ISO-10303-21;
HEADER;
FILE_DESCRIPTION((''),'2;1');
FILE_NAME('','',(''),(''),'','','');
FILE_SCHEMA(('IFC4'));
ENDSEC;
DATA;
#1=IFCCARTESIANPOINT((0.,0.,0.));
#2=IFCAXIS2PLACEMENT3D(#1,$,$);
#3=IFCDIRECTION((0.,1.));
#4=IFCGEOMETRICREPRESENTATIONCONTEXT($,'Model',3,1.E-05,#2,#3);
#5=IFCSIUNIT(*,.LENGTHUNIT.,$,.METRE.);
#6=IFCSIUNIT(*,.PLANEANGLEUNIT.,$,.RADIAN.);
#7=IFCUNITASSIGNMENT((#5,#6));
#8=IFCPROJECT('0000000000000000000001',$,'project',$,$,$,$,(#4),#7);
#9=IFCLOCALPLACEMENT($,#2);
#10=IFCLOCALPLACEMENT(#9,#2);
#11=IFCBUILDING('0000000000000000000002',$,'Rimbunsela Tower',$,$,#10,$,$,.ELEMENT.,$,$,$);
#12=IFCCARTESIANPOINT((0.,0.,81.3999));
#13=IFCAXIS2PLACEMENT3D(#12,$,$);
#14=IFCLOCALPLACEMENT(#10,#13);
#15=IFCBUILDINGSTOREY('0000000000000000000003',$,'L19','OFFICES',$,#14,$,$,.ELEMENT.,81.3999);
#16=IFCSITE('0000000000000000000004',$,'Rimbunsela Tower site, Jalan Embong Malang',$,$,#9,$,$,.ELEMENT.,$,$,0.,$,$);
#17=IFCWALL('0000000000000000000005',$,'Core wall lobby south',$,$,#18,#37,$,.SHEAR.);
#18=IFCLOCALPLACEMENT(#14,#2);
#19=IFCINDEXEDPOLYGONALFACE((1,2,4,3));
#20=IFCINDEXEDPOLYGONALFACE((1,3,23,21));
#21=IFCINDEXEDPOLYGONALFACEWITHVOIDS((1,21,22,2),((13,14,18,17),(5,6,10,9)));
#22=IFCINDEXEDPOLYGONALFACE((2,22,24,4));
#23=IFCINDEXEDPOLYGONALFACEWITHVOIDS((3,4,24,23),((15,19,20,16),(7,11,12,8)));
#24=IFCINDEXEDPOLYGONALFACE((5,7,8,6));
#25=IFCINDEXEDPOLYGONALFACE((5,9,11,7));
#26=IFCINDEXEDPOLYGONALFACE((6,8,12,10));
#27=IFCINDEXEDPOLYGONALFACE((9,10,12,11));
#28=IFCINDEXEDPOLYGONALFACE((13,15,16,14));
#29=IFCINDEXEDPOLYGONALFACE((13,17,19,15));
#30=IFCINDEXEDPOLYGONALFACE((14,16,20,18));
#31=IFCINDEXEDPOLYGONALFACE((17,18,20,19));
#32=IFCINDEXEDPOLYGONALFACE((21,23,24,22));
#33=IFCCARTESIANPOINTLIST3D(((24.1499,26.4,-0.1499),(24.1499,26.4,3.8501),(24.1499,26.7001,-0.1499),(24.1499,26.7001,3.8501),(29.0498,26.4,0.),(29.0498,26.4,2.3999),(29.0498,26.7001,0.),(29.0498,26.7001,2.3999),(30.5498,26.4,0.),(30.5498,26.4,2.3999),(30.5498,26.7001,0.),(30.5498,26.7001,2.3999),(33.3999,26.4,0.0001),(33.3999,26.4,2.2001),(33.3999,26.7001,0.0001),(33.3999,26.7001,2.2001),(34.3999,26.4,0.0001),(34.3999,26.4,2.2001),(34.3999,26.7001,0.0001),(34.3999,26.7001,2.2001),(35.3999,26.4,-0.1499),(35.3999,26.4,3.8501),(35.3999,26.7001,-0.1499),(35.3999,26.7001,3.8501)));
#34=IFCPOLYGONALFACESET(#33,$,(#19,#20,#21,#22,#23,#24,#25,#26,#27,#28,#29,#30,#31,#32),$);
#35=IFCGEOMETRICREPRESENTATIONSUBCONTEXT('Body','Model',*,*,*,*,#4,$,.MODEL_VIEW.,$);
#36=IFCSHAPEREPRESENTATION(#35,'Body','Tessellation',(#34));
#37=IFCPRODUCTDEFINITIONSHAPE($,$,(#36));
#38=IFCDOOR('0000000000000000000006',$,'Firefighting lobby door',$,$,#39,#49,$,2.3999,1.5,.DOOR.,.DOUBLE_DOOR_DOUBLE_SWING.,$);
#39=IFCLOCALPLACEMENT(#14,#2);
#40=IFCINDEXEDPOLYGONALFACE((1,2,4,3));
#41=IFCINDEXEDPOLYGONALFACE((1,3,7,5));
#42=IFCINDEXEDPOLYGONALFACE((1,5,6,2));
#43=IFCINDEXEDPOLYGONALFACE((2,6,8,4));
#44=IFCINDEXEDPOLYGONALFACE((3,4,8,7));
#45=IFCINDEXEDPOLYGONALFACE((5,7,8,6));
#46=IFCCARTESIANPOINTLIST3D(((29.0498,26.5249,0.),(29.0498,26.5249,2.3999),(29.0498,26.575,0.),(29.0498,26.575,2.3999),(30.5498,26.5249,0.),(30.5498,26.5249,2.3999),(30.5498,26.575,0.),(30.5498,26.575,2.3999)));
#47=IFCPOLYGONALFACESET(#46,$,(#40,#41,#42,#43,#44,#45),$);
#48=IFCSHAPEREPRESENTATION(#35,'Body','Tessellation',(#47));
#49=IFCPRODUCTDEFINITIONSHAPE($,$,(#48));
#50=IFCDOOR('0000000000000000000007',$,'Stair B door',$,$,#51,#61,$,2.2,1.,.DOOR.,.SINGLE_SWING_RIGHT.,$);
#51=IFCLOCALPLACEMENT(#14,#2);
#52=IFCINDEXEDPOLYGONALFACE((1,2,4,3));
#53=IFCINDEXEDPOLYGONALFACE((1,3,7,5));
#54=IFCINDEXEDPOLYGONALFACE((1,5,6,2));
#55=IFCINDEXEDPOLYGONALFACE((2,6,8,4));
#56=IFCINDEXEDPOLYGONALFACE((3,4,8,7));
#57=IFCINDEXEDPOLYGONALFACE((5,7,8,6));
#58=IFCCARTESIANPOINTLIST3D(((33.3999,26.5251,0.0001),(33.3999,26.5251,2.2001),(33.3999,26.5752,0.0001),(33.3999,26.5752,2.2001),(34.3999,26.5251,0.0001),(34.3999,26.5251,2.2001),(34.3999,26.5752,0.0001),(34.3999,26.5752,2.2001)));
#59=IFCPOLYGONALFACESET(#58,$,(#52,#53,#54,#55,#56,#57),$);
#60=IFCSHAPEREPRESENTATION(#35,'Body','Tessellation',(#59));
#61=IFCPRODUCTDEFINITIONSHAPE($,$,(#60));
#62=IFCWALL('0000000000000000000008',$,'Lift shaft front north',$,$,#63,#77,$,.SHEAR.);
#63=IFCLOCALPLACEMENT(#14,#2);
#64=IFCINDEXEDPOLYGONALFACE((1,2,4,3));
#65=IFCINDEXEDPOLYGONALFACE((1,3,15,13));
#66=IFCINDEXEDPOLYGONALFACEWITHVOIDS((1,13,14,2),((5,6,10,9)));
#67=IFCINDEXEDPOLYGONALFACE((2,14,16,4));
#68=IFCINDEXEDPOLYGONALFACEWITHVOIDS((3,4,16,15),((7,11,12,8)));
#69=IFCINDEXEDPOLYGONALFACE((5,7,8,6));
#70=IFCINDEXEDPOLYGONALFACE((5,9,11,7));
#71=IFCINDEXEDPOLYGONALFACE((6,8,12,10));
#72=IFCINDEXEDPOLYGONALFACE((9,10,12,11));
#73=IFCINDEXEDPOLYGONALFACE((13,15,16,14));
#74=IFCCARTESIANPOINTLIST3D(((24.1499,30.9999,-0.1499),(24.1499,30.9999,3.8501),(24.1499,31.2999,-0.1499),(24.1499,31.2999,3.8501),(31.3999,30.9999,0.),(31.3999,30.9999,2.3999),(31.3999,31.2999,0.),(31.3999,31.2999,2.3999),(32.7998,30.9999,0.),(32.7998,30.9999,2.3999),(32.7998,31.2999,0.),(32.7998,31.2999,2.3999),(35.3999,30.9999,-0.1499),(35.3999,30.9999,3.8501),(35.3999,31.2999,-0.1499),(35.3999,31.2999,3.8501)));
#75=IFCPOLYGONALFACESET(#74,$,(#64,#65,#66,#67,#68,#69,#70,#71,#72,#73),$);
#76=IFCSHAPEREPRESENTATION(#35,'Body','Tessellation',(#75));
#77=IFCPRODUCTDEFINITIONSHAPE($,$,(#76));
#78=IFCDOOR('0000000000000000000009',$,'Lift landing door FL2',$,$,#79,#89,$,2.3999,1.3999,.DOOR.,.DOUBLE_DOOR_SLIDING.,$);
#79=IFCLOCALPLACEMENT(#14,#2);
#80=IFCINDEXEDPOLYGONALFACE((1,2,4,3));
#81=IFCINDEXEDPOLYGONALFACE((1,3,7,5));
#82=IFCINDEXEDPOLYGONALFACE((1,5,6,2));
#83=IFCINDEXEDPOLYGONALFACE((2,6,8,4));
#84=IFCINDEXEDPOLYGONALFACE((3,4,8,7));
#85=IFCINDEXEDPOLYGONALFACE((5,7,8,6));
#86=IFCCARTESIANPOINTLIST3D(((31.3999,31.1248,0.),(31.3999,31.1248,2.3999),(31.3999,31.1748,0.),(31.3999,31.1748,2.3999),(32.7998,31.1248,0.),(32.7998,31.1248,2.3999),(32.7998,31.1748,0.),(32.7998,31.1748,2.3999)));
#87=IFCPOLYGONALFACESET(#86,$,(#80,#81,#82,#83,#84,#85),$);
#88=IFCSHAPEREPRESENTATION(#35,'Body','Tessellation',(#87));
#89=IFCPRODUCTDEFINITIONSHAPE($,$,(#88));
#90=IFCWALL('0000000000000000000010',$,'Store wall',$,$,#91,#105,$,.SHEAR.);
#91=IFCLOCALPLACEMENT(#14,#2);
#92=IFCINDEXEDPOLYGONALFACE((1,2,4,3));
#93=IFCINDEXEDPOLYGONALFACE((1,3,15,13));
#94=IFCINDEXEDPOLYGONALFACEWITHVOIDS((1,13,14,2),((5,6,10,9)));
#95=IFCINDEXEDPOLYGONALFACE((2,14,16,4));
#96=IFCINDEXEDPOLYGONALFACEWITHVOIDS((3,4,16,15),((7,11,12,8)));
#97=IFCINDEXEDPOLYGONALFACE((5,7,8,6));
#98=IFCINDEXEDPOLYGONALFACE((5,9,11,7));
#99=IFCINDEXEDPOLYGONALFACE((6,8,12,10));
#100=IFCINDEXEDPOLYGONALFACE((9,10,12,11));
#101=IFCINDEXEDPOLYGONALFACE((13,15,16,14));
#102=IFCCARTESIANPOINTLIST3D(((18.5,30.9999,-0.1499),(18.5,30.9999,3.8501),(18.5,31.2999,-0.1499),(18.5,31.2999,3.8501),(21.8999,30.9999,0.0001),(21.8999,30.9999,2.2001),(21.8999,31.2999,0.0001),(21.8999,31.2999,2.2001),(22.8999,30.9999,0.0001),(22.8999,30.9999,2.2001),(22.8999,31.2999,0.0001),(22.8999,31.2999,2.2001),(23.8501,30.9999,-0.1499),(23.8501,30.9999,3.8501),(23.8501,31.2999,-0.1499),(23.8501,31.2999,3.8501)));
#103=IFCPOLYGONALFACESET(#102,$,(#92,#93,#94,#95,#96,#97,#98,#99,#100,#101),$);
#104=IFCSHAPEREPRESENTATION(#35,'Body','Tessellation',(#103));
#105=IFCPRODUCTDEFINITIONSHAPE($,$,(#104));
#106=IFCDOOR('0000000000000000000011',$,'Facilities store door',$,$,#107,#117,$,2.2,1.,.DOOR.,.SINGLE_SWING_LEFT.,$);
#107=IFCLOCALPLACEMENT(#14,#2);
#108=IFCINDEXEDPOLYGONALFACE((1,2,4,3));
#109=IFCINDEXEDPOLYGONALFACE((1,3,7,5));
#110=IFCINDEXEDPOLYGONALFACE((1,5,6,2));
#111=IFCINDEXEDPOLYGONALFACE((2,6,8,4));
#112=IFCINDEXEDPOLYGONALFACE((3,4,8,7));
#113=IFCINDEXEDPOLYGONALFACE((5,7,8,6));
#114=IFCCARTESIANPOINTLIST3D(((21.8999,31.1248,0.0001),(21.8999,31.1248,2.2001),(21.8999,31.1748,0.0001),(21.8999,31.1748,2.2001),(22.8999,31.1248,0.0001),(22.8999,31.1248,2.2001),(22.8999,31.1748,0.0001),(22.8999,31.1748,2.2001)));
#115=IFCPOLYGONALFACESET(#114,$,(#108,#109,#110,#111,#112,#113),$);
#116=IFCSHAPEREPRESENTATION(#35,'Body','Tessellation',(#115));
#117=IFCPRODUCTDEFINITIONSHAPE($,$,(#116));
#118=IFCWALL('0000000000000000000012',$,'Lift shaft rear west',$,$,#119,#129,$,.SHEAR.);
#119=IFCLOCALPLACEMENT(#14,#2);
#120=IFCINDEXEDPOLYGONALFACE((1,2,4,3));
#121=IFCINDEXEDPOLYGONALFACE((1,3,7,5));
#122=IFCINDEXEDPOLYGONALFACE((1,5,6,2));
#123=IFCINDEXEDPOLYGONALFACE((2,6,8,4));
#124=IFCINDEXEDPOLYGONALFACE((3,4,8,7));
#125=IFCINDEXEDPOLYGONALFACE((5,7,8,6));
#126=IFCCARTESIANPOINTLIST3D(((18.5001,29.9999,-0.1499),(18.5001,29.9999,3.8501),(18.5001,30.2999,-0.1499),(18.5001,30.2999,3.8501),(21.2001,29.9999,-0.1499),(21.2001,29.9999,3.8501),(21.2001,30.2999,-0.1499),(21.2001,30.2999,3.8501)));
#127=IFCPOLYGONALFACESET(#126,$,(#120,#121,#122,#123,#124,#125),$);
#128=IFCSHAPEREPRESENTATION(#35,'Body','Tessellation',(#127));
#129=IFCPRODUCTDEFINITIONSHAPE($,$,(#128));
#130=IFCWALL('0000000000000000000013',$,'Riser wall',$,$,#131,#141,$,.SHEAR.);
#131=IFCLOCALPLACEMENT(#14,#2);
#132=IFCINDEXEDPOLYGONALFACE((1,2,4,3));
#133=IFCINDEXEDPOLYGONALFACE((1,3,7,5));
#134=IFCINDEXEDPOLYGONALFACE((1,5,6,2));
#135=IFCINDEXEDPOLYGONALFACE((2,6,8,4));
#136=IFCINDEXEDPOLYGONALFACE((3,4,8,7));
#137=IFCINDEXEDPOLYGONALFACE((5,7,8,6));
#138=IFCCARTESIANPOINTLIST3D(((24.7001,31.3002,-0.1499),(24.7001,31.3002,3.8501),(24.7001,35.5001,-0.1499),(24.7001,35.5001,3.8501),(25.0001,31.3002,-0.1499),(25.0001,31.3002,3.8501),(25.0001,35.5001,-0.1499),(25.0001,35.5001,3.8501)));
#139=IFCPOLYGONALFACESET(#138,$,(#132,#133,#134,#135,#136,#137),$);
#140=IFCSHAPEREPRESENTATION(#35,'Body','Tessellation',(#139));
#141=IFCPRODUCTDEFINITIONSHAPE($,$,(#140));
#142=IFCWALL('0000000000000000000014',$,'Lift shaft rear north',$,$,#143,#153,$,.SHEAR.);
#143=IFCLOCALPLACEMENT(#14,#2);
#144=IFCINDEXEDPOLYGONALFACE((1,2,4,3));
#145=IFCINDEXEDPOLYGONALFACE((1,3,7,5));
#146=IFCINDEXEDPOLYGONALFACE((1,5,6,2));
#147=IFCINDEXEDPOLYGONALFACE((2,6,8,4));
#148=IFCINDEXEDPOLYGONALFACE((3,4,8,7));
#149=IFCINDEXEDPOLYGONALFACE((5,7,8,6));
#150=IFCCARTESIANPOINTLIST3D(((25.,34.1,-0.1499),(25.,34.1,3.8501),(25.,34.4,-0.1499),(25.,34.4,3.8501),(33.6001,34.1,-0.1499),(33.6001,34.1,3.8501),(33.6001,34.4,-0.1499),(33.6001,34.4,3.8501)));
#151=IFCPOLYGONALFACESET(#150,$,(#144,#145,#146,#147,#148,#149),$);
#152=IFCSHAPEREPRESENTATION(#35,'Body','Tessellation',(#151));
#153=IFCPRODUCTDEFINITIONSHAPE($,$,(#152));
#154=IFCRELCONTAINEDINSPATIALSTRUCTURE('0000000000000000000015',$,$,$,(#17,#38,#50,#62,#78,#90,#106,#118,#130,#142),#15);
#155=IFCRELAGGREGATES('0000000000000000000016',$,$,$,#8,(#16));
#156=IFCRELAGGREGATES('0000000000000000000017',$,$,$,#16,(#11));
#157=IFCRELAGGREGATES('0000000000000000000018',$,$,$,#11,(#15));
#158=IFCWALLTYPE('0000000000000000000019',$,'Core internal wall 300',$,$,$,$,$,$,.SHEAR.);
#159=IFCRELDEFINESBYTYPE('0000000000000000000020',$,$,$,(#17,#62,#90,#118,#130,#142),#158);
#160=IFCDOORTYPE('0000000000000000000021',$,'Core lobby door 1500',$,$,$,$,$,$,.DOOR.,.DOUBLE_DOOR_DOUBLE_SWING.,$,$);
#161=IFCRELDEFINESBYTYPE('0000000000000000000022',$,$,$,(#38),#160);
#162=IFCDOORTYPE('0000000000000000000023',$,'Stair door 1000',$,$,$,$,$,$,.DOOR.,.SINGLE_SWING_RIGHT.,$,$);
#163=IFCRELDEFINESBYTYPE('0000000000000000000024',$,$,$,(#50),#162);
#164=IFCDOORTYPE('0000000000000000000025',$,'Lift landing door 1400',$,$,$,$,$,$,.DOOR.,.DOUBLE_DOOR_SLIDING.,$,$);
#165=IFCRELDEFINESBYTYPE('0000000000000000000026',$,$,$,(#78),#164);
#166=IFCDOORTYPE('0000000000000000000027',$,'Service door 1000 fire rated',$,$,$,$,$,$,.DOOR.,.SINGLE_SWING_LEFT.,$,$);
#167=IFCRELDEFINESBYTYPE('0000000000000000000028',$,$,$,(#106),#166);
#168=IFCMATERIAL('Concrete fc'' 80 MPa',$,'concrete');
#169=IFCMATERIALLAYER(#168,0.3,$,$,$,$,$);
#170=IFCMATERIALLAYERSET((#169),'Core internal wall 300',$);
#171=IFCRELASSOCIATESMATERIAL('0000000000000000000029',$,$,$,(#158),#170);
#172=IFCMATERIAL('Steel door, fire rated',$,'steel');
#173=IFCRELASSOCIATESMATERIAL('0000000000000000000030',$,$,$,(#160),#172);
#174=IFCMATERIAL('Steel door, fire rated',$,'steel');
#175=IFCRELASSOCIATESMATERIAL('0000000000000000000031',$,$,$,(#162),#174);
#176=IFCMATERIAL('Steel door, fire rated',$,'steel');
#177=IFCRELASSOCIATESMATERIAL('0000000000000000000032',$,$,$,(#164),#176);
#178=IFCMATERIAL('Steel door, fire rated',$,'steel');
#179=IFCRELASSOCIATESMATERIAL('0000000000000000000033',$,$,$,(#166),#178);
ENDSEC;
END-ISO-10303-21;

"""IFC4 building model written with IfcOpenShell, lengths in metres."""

from ifc_helpers import new_model, si_unit, direction, frame, frame_2d, origin, place, context, subcontext, project, spatial, rectangle, extrude, material, layer, layer_set, type_object, element, fill, save


model = new_model("IFC4")

# Units and contexts
model_context = context("Model", 3, precision=1e-05, world=origin(), true_north=direction((0.0, 1.0)))
body_context = subcontext(model_context, "Body", "Model", "MODEL_VIEW")
ifc_project = project(units=[si_unit("LENGTHUNIT", "METRE"), si_unit("PLANEANGLEUNIT", "RADIAN")], contexts=[model_context])

# Site, building, storey
site_placement = place(None, origin())
site = spatial("IfcSite", under=ifc_project, at=site_placement, Name="Rimbunsela Tower site, Jalan Embong Malang", CompositionType="ELEMENT", RefElevation=0.0)
building_placement = place(site_placement, origin())
building = spatial("IfcBuilding", under=site, at=building_placement, Name="Rimbunsela Tower", CompositionType="ELEMENT")
storey_placement = place(building_placement, frame((0.0, 0.0, 81.3999)))
storey = spatial("IfcBuildingStorey", under=building, at=storey_placement, Name="L19", Description="OFFICES", CompositionType="ELEMENT", Elevation=81.3999)

# Wall, openings, doors
ifc_material_1 = material(Name="Concrete fc' 80 MPa", Category="concrete")
ifc_layer_1 = layer(ifc_material_1, 0.3)
ifc_layer_set_1 = layer_set([ifc_layer_1], Name="Core internal wall 300")
wall_type_1 = type_object("IfcWallType", Name="Core internal wall 300", PredefinedType="SHEAR", material=ifc_layer_set_1)
wall_1_placement = place(storey_placement, frame((24.1499, 26.55, -0.1499), z_axis=(0.0, 0.0, 1.0), x_axis=(1.0, 0.0, 0.0)))
wall_1 = element("IfcWall", 1, at=wall_1_placement, inside=storey, type_object=wall_type_1, Name="Core wall lobby south", PredefinedType="SHEAR", context=body_context, shape_type="SweptSolid", body=[
    extrude(rectangle(XDim=11.25, YDim=0.3, at=frame_2d((5.625, 0.0))), origin(), (0.0, 0.0, 1.0), 4.0),
])
opening_1_placement = place(wall_1_placement, frame((9.25, 0.0, 0.1499)))
opening_1 = element("IfcOpeningElement", 2, at=opening_1_placement, cuts=wall_1, PredefinedType="OPENING", context=body_context, shape_type="SweptSolid", body=[
    extrude(rectangle(XDim=1.0, YDim=2.2, at=frame_2d((0.5, 1.1001))), frame((0.0, 0.1599, 0.0), z_axis=(0.0, -1.0, 0.0), x_axis=(1.0, 0.0, 0.0)), (0.0, 0.0, 1.0), 0.3201),
])
opening_2_placement = place(wall_1_placement, frame((4.8999, 0.0, 0.1499)))
opening_2 = element("IfcOpeningElement", 3, at=opening_2_placement, cuts=wall_1, PredefinedType="OPENING", context=body_context, shape_type="SweptSolid", body=[
    extrude(rectangle(XDim=1.5, YDim=2.3999, at=frame_2d((0.75, 1.2))), frame((0.0, 0.1599, 0.0), z_axis=(0.0, -1.0, 0.0), x_axis=(1.0, 0.0, 0.0)), (0.0, 0.0, 1.0), 0.3201),
])
ifc_material_2 = material(Name="Steel door, fire rated", Category="steel")
door_type_1 = type_object("IfcDoorType", Name="Core lobby door 1500", OperationType="DOUBLE_DOOR_DOUBLE_SWING", PredefinedType="DOOR", material=ifc_material_2)
door_1_placement = place(opening_2_placement, origin())
door_1 = element("IfcDoor", 4, at=door_1_placement, inside=storey, type_object=door_type_1, Name="Firefighting lobby door", OperationType="DOUBLE_DOOR_DOUBLE_SWING", OverallHeight=2.3999, OverallWidth=1.5, PredefinedType="DOOR", context=body_context, shape_type="SweptSolid", body=[
    extrude(rectangle(XDim=1.5, YDim=2.3999, at=frame_2d((0.75, 1.2))), frame((0.0, 0.0249, 0.0), z_axis=(0.0, -1.0, 0.0), x_axis=(1.0, 0.0, 0.0)), (0.0, 0.0, 1.0), 0.05),
])
fill(opening_2, door_1)
ifc_material_3 = material(Name="Steel door, fire rated", Category="steel")
door_type_2 = type_object("IfcDoorType", Name="Stair door 1000", OperationType="SINGLE_SWING_RIGHT", PredefinedType="DOOR", material=ifc_material_3)
door_2_placement = place(opening_1_placement, frame((1.0, 0.0, 0.0), z_axis=(0.0, 0.0, 1.0), x_axis=(-1.0, 0.0, 0.0)))
door_2 = element("IfcDoor", 5, at=door_2_placement, inside=storey, type_object=door_type_2, Name="Stair B door", OperationType="SINGLE_SWING_RIGHT", OverallHeight=2.2, OverallWidth=1.0, PredefinedType="DOOR", context=body_context, shape_type="SweptSolid", body=[
    extrude(rectangle(XDim=1.0, YDim=2.2, at=frame_2d((0.5, 1.1001))), frame((0.0, 0.0249, 0.0), z_axis=(0.0, -1.0, 0.0), x_axis=(1.0, 0.0, 0.0)), (0.0, 0.0, 1.0), 0.05),
])
fill(opening_1, door_2)

# Walls, openings, doors
wall_2_placement = place(storey_placement, frame((24.1499, 31.1499, -0.1499), z_axis=(0.0, 0.0, 1.0), x_axis=(1.0, 0.0, 0.0)))
wall_2 = element("IfcWall", 6, at=wall_2_placement, inside=storey, type_object=wall_type_1, Name="Lift shaft front north", PredefinedType="SHEAR", context=body_context, shape_type="SweptSolid", body=[
    extrude(rectangle(XDim=11.25, YDim=0.3, at=frame_2d((5.625, 0.0))), origin(), (0.0, 0.0, 1.0), 4.0),
])
opening_3_placement = place(wall_2_placement, frame((7.25, 0.0, 0.1499)))
opening_3 = element("IfcOpeningElement", 7, at=opening_3_placement, cuts=wall_2, PredefinedType="OPENING", context=body_context, shape_type="SweptSolid", body=[
    extrude(rectangle(XDim=1.3999, YDim=2.3999, at=frame_2d((0.7, 1.2))), frame((0.0, 0.1599, 0.0), z_axis=(0.0, -1.0, 0.0), x_axis=(1.0, 0.0, 0.0)), (0.0, 0.0, 1.0), 0.3201),
])
ifc_material_4 = material(Name="Steel door, fire rated", Category="steel")
door_type_3 = type_object("IfcDoorType", Name="Lift landing door 1400", OperationType="DOUBLE_DOOR_SLIDING", PredefinedType="DOOR", material=ifc_material_4)
door_3_placement = place(opening_3_placement, origin())
door_3 = element("IfcDoor", 8, at=door_3_placement, inside=storey, type_object=door_type_3, Name="Lift landing door FL2", OperationType="DOUBLE_DOOR_SLIDING", OverallHeight=2.3999, OverallWidth=1.3999, PredefinedType="DOOR", context=body_context, shape_type="SweptSolid", body=[
    extrude(rectangle(XDim=1.3999, YDim=2.3999, at=frame_2d((0.7, 1.2))), frame((0.0, 0.0249, 0.0), z_axis=(0.0, -1.0, 0.0), x_axis=(1.0, 0.0, 0.0)), (0.0, 0.0, 1.0), 0.05),
])
fill(opening_3, door_3)
wall_3_placement = place(storey_placement, frame((18.5, 31.1499, -0.1499), z_axis=(0.0, 0.0, 1.0), x_axis=(1.0, 0.0, 0.0)))
wall_3 = element("IfcWall", 9, at=wall_3_placement, inside=storey, type_object=wall_type_1, Name="Store wall", PredefinedType="SHEAR", context=body_context, shape_type="SweptSolid", body=[
    extrude(rectangle(XDim=5.3501, YDim=0.3, at=frame_2d((2.675, 0.0))), origin(), (0.0, 0.0, 1.0), 4.0),
])
opening_4_placement = place(wall_3_placement, frame((3.3999, 0.0, 0.1499)))
opening_4 = element("IfcOpeningElement", 10, at=opening_4_placement, cuts=wall_3, PredefinedType="OPENING", context=body_context, shape_type="SweptSolid", body=[
    extrude(rectangle(XDim=1.0, YDim=2.2, at=frame_2d((0.5, 1.1001))), frame((0.0, 0.1599, 0.0), z_axis=(0.0, -1.0, 0.0), x_axis=(1.0, 0.0, 0.0)), (0.0, 0.0, 1.0), 0.3201),
])
ifc_material_5 = material(Name="Steel door, fire rated", Category="steel")
door_type_4 = type_object("IfcDoorType", Name="Service door 1000 fire rated", OperationType="SINGLE_SWING_LEFT", PredefinedType="DOOR", material=ifc_material_5)
door_4_placement = place(opening_4_placement, origin())
door_4 = element("IfcDoor", 11, at=door_4_placement, inside=storey, type_object=door_type_4, Name="Facilities store door", OperationType="SINGLE_SWING_LEFT", OverallHeight=2.2, OverallWidth=1.0, PredefinedType="DOOR", context=body_context, shape_type="SweptSolid", body=[
    extrude(rectangle(XDim=1.0, YDim=2.2, at=frame_2d((0.5, 1.1001))), frame((0.0, 0.0249, 0.0), z_axis=(0.0, -1.0, 0.0), x_axis=(1.0, 0.0, 0.0)), (0.0, 0.0, 1.0), 0.05),
])
fill(opening_4, door_4)

# Walls
wall_4_placement = place(storey_placement, frame((18.5, 30.1499, -0.1499), z_axis=(0.0, 0.0, 1.0), x_axis=(1.0, 0.0, 0.0)))
element("IfcWall", 12, at=wall_4_placement, inside=storey, type_object=wall_type_1, Name="Lift shaft rear west", PredefinedType="SHEAR", context=body_context, shape_type="SweptSolid", body=[
    extrude(rectangle(XDim=2.7, YDim=0.3, at=frame_2d((1.3501, 0.0))), origin(), (0.0, 0.0, 1.0), 4.0),
])
wall_5_placement = place(storey_placement, frame((24.8501, 31.3, -0.1499), z_axis=(0.0, 0.0, 1.0), x_axis=(0.0, 1.0, 0.0)))
element("IfcWall", 13, at=wall_5_placement, inside=storey, type_object=wall_type_1, Name="Riser wall", PredefinedType="SHEAR", context=body_context, shape_type="SweptSolid", body=[
    extrude(rectangle(XDim=4.2, YDim=0.3, at=frame_2d((2.1001, 0.0))), origin(), (0.0, 0.0, 1.0), 4.0),
])
wall_6_placement = place(storey_placement, frame((25.0, 34.25, -0.1499), z_axis=(0.0, 0.0, 1.0), x_axis=(1.0, 0.0, 0.0)))
element("IfcWall", 14, at=wall_6_placement, inside=storey, type_object=wall_type_1, Name="Lift shaft rear north", PredefinedType="SHEAR", context=body_context, shape_type="SweptSolid", body=[
    extrude(rectangle(XDim=8.6001, YDim=0.3, at=frame_2d((4.3, 0.0))), origin(), (0.0, 0.0, 1.0), 4.0),
])

save(model, "model.ifc")
